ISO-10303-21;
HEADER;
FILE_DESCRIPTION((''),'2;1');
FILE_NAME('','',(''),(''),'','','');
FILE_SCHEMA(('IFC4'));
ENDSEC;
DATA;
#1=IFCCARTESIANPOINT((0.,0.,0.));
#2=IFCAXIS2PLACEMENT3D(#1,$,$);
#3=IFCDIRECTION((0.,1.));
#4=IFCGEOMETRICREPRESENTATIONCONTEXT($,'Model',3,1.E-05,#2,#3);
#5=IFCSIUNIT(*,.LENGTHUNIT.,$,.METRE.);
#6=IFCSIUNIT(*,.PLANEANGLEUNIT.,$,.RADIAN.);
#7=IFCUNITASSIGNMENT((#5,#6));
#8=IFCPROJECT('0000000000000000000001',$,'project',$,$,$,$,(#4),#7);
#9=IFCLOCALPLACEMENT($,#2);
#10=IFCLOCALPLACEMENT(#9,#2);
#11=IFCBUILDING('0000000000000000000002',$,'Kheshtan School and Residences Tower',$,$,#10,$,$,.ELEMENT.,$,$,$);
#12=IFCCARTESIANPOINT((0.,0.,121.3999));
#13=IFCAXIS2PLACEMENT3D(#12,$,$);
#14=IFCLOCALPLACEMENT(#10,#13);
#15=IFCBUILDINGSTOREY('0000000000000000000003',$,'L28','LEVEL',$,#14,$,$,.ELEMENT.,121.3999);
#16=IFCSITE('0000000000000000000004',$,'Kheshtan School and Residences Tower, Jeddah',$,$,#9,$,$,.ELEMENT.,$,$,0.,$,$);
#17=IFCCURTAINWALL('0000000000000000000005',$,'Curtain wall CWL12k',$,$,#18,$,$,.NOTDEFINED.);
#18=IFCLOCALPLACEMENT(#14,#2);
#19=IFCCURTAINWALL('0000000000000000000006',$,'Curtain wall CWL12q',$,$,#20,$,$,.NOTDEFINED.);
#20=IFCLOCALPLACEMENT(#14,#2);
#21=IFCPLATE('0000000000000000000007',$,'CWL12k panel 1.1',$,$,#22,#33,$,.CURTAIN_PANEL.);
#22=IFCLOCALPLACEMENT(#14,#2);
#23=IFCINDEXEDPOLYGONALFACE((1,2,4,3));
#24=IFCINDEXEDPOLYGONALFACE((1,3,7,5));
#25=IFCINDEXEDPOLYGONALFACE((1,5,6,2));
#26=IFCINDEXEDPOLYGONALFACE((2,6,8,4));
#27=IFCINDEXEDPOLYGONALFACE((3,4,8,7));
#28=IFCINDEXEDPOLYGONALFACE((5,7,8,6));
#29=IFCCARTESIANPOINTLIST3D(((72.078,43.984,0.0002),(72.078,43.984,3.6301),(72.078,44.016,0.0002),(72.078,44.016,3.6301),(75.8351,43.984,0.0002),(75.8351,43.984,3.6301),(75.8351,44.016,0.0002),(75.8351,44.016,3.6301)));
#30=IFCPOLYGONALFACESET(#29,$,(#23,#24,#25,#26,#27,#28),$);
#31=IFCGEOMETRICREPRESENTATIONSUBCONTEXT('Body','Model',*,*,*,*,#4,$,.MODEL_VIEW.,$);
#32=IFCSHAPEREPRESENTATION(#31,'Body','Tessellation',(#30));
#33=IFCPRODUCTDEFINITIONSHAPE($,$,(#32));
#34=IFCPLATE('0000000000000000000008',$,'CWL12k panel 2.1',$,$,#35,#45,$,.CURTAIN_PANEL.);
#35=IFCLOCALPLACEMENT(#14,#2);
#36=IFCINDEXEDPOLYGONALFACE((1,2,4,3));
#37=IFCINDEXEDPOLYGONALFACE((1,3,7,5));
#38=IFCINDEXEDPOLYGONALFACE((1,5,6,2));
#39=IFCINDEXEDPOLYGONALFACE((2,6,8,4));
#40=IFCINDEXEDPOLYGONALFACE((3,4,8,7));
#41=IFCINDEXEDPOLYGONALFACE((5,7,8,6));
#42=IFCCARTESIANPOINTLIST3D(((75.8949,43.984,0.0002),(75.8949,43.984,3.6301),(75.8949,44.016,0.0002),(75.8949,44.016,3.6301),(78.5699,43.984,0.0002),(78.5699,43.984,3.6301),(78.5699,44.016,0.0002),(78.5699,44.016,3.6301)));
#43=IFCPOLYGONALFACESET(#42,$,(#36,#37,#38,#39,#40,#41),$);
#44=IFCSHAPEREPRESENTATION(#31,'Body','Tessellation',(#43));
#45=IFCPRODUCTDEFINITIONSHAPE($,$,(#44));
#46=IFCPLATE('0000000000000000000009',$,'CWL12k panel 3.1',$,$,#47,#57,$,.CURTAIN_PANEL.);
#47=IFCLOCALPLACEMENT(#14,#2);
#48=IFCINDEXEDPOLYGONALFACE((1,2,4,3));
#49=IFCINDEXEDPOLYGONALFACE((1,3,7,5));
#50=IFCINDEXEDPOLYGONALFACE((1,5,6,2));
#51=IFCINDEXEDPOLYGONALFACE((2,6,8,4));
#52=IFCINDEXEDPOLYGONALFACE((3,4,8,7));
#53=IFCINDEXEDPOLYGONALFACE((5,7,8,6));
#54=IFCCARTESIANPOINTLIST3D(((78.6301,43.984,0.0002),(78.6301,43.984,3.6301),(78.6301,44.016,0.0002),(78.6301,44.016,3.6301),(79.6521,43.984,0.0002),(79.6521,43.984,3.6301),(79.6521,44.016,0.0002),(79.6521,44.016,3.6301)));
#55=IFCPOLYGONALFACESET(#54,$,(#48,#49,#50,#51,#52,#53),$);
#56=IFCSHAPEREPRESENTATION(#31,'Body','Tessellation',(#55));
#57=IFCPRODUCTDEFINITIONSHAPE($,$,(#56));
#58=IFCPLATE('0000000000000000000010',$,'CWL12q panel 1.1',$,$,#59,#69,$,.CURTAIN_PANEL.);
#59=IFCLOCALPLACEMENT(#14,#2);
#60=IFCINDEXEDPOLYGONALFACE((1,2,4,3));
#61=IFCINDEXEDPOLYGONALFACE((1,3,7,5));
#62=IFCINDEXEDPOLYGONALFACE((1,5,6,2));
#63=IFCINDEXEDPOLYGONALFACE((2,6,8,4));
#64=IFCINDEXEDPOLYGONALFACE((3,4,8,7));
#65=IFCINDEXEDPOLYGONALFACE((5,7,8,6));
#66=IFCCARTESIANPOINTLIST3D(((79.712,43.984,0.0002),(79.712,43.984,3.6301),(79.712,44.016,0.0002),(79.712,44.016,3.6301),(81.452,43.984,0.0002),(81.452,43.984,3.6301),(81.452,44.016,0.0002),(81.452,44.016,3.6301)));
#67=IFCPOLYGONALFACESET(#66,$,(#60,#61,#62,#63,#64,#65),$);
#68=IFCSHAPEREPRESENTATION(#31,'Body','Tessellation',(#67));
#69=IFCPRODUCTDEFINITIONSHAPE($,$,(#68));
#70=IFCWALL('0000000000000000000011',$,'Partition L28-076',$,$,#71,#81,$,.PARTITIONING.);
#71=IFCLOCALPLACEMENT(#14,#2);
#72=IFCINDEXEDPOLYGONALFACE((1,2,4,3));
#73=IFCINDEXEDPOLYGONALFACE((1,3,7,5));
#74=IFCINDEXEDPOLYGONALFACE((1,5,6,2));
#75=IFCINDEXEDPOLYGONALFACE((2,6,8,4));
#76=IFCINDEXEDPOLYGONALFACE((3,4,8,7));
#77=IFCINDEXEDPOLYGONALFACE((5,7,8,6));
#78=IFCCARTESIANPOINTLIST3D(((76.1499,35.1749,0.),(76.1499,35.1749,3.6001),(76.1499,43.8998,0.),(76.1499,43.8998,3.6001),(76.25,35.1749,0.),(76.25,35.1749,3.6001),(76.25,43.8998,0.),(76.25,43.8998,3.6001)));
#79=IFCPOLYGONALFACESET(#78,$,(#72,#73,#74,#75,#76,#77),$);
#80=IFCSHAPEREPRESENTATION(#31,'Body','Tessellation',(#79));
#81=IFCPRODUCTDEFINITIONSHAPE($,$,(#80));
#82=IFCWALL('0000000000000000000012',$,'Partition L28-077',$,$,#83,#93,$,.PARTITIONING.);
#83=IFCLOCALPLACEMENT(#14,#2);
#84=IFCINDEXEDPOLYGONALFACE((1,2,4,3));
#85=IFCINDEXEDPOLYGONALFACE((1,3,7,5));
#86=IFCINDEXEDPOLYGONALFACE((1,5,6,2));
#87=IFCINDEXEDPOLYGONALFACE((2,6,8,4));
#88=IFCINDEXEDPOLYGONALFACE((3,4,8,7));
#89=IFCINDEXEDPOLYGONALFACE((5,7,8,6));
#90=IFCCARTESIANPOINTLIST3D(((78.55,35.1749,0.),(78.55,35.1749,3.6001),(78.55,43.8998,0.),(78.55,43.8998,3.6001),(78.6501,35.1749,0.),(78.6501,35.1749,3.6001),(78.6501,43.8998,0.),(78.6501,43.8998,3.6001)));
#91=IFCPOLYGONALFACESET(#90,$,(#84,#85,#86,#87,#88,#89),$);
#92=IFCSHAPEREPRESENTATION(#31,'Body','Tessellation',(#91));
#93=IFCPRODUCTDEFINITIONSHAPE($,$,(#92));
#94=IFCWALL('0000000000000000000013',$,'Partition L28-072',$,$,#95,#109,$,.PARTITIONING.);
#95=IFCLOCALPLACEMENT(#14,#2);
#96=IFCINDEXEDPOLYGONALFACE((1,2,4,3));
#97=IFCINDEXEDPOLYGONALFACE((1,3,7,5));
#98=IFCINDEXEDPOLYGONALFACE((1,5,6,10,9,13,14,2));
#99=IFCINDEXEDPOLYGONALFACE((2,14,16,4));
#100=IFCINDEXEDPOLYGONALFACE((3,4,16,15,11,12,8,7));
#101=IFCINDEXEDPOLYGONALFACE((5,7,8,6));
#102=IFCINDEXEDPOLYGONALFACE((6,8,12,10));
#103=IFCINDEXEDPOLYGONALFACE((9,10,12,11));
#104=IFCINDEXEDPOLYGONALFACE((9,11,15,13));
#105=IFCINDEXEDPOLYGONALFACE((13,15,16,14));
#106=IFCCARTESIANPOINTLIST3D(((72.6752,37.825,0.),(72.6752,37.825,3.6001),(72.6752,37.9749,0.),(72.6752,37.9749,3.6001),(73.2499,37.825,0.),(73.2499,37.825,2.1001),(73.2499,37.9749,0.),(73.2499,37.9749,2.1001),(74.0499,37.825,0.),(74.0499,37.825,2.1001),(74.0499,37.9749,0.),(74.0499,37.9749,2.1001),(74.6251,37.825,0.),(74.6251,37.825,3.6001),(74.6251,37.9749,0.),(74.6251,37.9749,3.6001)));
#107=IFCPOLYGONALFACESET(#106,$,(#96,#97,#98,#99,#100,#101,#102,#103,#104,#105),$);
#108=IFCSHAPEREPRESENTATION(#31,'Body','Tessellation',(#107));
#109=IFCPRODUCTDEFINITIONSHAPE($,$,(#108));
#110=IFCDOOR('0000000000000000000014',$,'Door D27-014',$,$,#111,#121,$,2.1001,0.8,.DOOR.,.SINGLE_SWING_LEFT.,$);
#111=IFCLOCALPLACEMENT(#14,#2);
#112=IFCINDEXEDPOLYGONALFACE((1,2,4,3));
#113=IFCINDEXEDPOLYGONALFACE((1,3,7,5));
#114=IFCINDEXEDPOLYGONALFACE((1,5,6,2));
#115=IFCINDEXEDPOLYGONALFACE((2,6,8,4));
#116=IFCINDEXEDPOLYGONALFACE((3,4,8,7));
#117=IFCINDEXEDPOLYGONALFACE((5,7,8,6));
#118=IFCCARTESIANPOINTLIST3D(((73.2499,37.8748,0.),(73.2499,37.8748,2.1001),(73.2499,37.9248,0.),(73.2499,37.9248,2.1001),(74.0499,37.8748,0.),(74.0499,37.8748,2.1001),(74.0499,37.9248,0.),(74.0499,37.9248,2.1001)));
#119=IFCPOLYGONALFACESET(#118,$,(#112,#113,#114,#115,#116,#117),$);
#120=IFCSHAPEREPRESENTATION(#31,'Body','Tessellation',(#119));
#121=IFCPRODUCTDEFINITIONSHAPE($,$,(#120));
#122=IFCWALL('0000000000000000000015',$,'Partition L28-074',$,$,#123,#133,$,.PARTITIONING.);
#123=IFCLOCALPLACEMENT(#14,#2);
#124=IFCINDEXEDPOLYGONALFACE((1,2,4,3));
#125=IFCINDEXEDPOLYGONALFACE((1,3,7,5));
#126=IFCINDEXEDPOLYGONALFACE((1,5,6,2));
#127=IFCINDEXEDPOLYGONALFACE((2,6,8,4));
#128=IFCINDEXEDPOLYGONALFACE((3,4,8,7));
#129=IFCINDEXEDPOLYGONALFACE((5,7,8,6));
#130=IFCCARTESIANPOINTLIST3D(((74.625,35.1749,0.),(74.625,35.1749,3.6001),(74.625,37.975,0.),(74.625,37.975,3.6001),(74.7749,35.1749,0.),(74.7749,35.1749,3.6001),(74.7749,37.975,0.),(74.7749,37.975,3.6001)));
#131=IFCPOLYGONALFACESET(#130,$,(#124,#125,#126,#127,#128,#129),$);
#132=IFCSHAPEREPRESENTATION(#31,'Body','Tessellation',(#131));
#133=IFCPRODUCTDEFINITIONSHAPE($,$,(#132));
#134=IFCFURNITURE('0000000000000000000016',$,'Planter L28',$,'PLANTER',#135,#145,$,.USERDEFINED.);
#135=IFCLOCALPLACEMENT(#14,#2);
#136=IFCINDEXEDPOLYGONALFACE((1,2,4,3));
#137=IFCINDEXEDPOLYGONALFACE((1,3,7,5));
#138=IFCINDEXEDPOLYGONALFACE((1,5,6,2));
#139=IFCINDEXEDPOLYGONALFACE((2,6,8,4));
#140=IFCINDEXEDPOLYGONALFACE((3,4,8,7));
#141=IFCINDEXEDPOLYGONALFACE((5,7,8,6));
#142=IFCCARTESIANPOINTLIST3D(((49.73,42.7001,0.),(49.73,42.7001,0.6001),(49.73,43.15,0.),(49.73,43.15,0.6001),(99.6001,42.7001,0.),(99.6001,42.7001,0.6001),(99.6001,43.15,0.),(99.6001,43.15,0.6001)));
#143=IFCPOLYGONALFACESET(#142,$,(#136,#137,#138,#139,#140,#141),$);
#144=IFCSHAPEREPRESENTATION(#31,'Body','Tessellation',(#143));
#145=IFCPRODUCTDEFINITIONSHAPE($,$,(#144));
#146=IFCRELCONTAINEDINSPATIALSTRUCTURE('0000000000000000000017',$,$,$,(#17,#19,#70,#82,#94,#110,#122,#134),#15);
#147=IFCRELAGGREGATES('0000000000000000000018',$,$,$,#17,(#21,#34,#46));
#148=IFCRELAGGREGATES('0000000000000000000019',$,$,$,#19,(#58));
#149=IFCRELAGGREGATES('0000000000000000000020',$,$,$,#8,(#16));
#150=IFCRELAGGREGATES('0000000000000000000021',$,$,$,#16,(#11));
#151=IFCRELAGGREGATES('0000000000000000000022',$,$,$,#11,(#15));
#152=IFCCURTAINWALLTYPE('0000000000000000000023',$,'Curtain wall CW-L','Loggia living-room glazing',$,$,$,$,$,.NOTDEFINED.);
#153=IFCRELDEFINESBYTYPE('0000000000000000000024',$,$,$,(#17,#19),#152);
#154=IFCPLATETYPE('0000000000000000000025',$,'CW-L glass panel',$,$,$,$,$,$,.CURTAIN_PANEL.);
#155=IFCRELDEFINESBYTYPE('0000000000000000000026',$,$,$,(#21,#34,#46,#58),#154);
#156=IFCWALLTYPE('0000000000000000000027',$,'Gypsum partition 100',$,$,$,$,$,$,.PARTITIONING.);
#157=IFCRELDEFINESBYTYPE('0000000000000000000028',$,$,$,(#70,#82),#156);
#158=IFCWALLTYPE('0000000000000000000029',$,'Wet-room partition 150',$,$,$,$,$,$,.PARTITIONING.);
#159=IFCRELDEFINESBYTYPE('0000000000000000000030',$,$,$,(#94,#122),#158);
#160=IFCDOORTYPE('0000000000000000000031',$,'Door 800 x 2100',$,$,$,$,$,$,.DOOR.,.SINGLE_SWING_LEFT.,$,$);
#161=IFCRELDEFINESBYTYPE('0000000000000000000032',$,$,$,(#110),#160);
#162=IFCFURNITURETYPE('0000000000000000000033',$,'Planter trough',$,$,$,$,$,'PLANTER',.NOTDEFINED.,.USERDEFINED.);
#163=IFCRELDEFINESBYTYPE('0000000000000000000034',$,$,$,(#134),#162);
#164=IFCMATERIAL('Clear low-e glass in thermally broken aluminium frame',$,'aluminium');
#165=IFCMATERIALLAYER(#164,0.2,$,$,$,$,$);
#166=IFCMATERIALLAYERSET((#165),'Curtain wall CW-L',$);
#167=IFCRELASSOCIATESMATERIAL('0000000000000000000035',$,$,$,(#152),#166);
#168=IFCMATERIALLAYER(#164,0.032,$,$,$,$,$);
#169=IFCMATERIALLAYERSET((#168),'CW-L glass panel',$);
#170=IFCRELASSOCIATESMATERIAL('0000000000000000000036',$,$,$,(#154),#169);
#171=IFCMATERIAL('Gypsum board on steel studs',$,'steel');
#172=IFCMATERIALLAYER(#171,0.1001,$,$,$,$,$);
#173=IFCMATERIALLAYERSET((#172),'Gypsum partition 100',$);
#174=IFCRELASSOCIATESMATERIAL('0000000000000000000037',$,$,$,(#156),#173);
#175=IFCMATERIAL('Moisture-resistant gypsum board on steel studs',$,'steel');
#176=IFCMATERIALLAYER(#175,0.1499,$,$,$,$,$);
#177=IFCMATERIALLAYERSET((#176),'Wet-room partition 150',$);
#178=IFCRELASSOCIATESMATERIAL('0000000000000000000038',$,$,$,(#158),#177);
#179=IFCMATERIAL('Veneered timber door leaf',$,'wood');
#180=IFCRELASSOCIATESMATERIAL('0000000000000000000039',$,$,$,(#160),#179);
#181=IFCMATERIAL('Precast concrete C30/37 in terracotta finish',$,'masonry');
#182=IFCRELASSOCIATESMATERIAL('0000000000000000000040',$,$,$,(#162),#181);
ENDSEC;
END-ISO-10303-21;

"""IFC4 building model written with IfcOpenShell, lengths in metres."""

from ifc_helpers import new_model, si_unit, direction, frame, frame_2d, origin, origin_2d, place, context, subcontext, project, spatial, rectangle, extrude, source, transform, mapped, material, layer, layer_set, type_object, element, fill, aggregate, save


model = new_model("IFC4")

# Units and contexts
model_context = context("Model", 3, precision=1e-05, world=origin(), true_north=direction((0.0, 1.0)))
body_context = subcontext(model_context, "Body", "Model", "MODEL_VIEW")
ifc_project = project(units=[si_unit("LENGTHUNIT", "METRE"), si_unit("PLANEANGLEUNIT", "RADIAN")], contexts=[model_context])

# Site, building, storey
site_placement = place(None, origin())
site = spatial("IfcSite", under=ifc_project, at=site_placement, Name="Kheshtan School and Residences Tower, Jeddah", CompositionType="ELEMENT", RefElevation=0.0)
building_placement = place(site_placement, origin())
building = spatial("IfcBuilding", under=site, at=building_placement, Name="Kheshtan School and Residences Tower", CompositionType="ELEMENT")
storey_placement = place(building_placement, frame((0.0, 0.0, 121.3999)))
storey = spatial("IfcBuildingStorey", under=building, at=storey_placement, Name="L28", Description="LEVEL", CompositionType="ELEMENT", Elevation=121.3999)

# Curtain wall
ifc_material_1 = material(Name="Clear low-e glass in thermally broken aluminium frame", Category="aluminium")
ifc_layer_1 = layer(ifc_material_1, 0.2)
ifc_layer_set_1 = layer_set([ifc_layer_1], Name="Curtain wall CW-L")
curtain_wall_type = type_object("IfcCurtainWallType", Name="Curtain wall CW-L", Description="Loggia living-room glazing", PredefinedType="NOTDEFINED", material=ifc_layer_set_1)
curtain_wall_1_placement = place(storey_placement, origin())
curtain_wall_1 = element("IfcCurtainWall", 1, at=curtain_wall_1_placement, inside=storey, type_object=curtain_wall_type, Name="Curtain wall CWL12k", PredefinedType="NOTDEFINED")

# Curtain wall
curtain_wall_2_placement = place(storey_placement, origin())
curtain_wall_2 = element("IfcCurtainWall", 2, at=curtain_wall_2_placement, inside=storey, type_object=curtain_wall_type, Name="Curtain wall CWL12q", PredefinedType="NOTDEFINED")

# Plates
ifc_layer_2 = layer(ifc_material_1, 0.032)
ifc_layer_set_2 = layer_set([ifc_layer_2], Name="CW-L glass panel")
plate_type = type_object("IfcPlateType", Name="CW-L glass panel", PredefinedType="CURTAIN_PANEL", material=ifc_layer_set_2)
plate_1_placement = place(storey_placement, frame((73.9565, 44.0, 0.0002), z_axis=(0.0, 0.0, 1.0), x_axis=(1.0, 0.0, 0.0)))
plate_1 = element("IfcPlate", 3, at=plate_1_placement, type_object=plate_type, Name="CWL12k panel 1.1", PredefinedType="CURTAIN_PANEL", context=body_context, shape_type="SweptSolid", body=[
    extrude(rectangle(XDim=3.7571, YDim=0.032, at=origin_2d()), origin(), (0.0, 0.0, 1.0), 3.6299),
])
plate_2_placement = place(storey_placement, frame((77.2324, 44.0, 0.0002), z_axis=(0.0, 0.0, 1.0), x_axis=(1.0, 0.0, 0.0)))
plate_2 = element("IfcPlate", 4, at=plate_2_placement, type_object=plate_type, Name="CWL12k panel 2.1", PredefinedType="CURTAIN_PANEL", context=body_context, shape_type="SweptSolid", body=[
    extrude(rectangle(XDim=2.675, YDim=0.032, at=origin_2d()), origin(), (0.0, 0.0, 1.0), 3.6299),
])
plate_3_placement = place(storey_placement, frame((79.1411, 44.0, 0.0002), z_axis=(0.0, 0.0, 1.0), x_axis=(1.0, 0.0, 0.0)))
plate_3 = element("IfcPlate", 5, at=plate_3_placement, type_object=plate_type, Name="CWL12k panel 3.1", PredefinedType="CURTAIN_PANEL", context=body_context, shape_type="SweptSolid", body=[
    extrude(rectangle(XDim=1.022, YDim=0.032, at=origin_2d()), origin(), (0.0, 0.0, 1.0), 3.6299),
])
aggregate(curtain_wall_1, [plate_1, plate_2, plate_3])
plate_4_placement = place(storey_placement, frame((80.582, 44.0, 0.0002), z_axis=(0.0, 0.0, 1.0), x_axis=(1.0, 0.0, 0.0)))
plate_4 = element("IfcPlate", 6, at=plate_4_placement, type_object=plate_type, Name="CWL12q panel 1.1", PredefinedType="CURTAIN_PANEL", context=body_context, shape_type="SweptSolid", body=[
    extrude(rectangle(XDim=1.74, YDim=0.032, at=origin_2d()), origin(), (0.0, 0.0, 1.0), 3.6299),
])
aggregate(curtain_wall_2, [plate_4])

# Walls
ifc_material_2 = material(Name="Gypsum board on steel studs", Category="steel")
ifc_layer_3 = layer(ifc_material_2, 0.1001)
ifc_layer_set_3 = layer_set([ifc_layer_3], Name="Gypsum partition 100")
wall_type_1 = type_object("IfcWallType", Name="Gypsum partition 100", PredefinedType="PARTITIONING", material=ifc_layer_set_3)
for number, where, z_axis, x_axis, name in (
    (7, (76.2, 35.175, 0.0), (0.0, 0.0, 1.0), (0.0, 1.0, 0.0), "Partition L28-076"),
    (8, (78.6001, 35.175, 0.0), (0.0, 0.0, 1.0), (0.0, 1.0, 0.0), "Partition L28-077"),
):
    element("IfcWall", number, at=place(storey_placement, frame(where, z_axis=z_axis, x_axis=x_axis)), inside=storey, type_object=wall_type_1, Name=name, PredefinedType="PARTITIONING", context=body_context, shape_type="SweptSolid", body=[
        extrude(rectangle(XDim=8.7249, YDim=0.1001, at=frame_2d((4.3623, 0.0))), origin(), (0.0, 0.0, 1.0), 3.6001),
    ])

# Wall, opening, door
ifc_material_3 = material(Name="Moisture-resistant gypsum board on steel studs", Category="steel")
ifc_layer_4 = layer(ifc_material_3, 0.1499)
ifc_layer_set_4 = layer_set([ifc_layer_4], Name="Wet-room partition 150")
wall_type_2 = type_object("IfcWallType", Name="Wet-room partition 150", PredefinedType="PARTITIONING", material=ifc_layer_set_4)
wall_1_placement = place(storey_placement, frame((72.675, 37.8999, 0.0), z_axis=(0.0, 0.0, 1.0), x_axis=(1.0, 0.0, 0.0)))
wall_1 = element("IfcWall", 9, at=wall_1_placement, inside=storey, type_object=wall_type_2, Name="Partition L28-072", PredefinedType="PARTITIONING", context=body_context, shape_type="SweptSolid", body=[
    extrude(rectangle(XDim=1.95, YDim=0.1499, at=frame_2d((0.9751, 0.0))), origin(), (0.0, 0.0, 1.0), 3.6001),
])
opening_1_placement = place(wall_1_placement, frame((0.575, 0.0, 0.0)))
opening_1 = element("IfcOpeningElement", 10, at=opening_1_placement, cuts=wall_1, PredefinedType="OPENING", context=body_context, shape_type="SweptSolid", body=[
    extrude(rectangle(XDim=0.8, YDim=2.1001, at=frame_2d((0.3999, 1.05))), frame((0.0, 0.085, 0.0), z_axis=(0.0, -1.0, 0.0), x_axis=(1.0, 0.0, 0.0)), (0.0, 0.0, 1.0), 0.1699),
])
ifc_material_4 = material(Name="Veneered timber door leaf", Category="wood")
door_type_1 = type_object("IfcDoorType", Name="Door 800 x 2100", OperationType="SINGLE_SWING_LEFT", PredefinedType="DOOR", material=ifc_material_4)
shared_shape_1 = source(origin(), body_context, "Body", "SweptSolid", [
    extrude(rectangle(XDim=0.8, YDim=2.1001, at=frame_2d((0.3999, 1.05))), frame((0.0, 0.0249, 0.0), z_axis=(0.0, -1.0, 0.0), x_axis=(1.0, 0.0, 0.0)), (0.0, 0.0, 1.0), 0.05),
])
door_1_placement = place(opening_1_placement, origin())
door_1 = element("IfcDoor", 11, at=door_1_placement, inside=storey, type_object=door_type_1, Name="Door D27-014", OperationType="SINGLE_SWING_LEFT", OverallHeight=2.1001, OverallWidth=0.8, PredefinedType="DOOR", context=body_context, shape_type="MappedRepresentation", body=[
    mapped(shared_shape_1, transform((0.0, 0.0, 0.0), x_axis=(1.0, 0.0, 0.0), y_axis=(0.0, 1.0, 0.0), z_axis=(0.0, 0.0, 1.0), scale=1.0)),
])
fill(opening_1, door_1)

# Wall
wall_2_placement = place(storey_placement, frame((74.7, 35.175, 0.0), z_axis=(0.0, 0.0, 1.0), x_axis=(0.0, 1.0, 0.0)))
element("IfcWall", 12, at=wall_2_placement, inside=storey, type_object=wall_type_2, Name="Partition L28-074", PredefinedType="PARTITIONING", context=body_context, shape_type="SweptSolid", body=[
    extrude(rectangle(XDim=2.8, YDim=0.1499, at=frame_2d((1.3999, 0.0))), origin(), (0.0, 0.0, 1.0), 3.6001),
])

# Furniture
ifc_material_5 = material(Name="Precast concrete C30/37 in terracotta finish", Category="masonry")
furniture_type = type_object("IfcFurnitureType", Name="Planter trough", ElementType="PLANTER", AssemblyPlace="NOTDEFINED", PredefinedType="USERDEFINED", material=ifc_material_5)
furniture_placement = place(storey_placement, frame((74.665, 42.925, 0.0), z_axis=(0.0, 0.0, 1.0), x_axis=(1.0, 0.0, 0.0)))
element("IfcFurniture", 13, at=furniture_placement, inside=storey, type_object=furniture_type, Name="Planter L28", ObjectType="PLANTER", PredefinedType="USERDEFINED", context=body_context, shape_type="SweptSolid", body=[
    extrude(rectangle(XDim=49.8701, YDim=0.45, at=origin_2d()), origin(), (0.0, 0.0, 1.0), 0.6001),
])

save(model, "model.ifc")
